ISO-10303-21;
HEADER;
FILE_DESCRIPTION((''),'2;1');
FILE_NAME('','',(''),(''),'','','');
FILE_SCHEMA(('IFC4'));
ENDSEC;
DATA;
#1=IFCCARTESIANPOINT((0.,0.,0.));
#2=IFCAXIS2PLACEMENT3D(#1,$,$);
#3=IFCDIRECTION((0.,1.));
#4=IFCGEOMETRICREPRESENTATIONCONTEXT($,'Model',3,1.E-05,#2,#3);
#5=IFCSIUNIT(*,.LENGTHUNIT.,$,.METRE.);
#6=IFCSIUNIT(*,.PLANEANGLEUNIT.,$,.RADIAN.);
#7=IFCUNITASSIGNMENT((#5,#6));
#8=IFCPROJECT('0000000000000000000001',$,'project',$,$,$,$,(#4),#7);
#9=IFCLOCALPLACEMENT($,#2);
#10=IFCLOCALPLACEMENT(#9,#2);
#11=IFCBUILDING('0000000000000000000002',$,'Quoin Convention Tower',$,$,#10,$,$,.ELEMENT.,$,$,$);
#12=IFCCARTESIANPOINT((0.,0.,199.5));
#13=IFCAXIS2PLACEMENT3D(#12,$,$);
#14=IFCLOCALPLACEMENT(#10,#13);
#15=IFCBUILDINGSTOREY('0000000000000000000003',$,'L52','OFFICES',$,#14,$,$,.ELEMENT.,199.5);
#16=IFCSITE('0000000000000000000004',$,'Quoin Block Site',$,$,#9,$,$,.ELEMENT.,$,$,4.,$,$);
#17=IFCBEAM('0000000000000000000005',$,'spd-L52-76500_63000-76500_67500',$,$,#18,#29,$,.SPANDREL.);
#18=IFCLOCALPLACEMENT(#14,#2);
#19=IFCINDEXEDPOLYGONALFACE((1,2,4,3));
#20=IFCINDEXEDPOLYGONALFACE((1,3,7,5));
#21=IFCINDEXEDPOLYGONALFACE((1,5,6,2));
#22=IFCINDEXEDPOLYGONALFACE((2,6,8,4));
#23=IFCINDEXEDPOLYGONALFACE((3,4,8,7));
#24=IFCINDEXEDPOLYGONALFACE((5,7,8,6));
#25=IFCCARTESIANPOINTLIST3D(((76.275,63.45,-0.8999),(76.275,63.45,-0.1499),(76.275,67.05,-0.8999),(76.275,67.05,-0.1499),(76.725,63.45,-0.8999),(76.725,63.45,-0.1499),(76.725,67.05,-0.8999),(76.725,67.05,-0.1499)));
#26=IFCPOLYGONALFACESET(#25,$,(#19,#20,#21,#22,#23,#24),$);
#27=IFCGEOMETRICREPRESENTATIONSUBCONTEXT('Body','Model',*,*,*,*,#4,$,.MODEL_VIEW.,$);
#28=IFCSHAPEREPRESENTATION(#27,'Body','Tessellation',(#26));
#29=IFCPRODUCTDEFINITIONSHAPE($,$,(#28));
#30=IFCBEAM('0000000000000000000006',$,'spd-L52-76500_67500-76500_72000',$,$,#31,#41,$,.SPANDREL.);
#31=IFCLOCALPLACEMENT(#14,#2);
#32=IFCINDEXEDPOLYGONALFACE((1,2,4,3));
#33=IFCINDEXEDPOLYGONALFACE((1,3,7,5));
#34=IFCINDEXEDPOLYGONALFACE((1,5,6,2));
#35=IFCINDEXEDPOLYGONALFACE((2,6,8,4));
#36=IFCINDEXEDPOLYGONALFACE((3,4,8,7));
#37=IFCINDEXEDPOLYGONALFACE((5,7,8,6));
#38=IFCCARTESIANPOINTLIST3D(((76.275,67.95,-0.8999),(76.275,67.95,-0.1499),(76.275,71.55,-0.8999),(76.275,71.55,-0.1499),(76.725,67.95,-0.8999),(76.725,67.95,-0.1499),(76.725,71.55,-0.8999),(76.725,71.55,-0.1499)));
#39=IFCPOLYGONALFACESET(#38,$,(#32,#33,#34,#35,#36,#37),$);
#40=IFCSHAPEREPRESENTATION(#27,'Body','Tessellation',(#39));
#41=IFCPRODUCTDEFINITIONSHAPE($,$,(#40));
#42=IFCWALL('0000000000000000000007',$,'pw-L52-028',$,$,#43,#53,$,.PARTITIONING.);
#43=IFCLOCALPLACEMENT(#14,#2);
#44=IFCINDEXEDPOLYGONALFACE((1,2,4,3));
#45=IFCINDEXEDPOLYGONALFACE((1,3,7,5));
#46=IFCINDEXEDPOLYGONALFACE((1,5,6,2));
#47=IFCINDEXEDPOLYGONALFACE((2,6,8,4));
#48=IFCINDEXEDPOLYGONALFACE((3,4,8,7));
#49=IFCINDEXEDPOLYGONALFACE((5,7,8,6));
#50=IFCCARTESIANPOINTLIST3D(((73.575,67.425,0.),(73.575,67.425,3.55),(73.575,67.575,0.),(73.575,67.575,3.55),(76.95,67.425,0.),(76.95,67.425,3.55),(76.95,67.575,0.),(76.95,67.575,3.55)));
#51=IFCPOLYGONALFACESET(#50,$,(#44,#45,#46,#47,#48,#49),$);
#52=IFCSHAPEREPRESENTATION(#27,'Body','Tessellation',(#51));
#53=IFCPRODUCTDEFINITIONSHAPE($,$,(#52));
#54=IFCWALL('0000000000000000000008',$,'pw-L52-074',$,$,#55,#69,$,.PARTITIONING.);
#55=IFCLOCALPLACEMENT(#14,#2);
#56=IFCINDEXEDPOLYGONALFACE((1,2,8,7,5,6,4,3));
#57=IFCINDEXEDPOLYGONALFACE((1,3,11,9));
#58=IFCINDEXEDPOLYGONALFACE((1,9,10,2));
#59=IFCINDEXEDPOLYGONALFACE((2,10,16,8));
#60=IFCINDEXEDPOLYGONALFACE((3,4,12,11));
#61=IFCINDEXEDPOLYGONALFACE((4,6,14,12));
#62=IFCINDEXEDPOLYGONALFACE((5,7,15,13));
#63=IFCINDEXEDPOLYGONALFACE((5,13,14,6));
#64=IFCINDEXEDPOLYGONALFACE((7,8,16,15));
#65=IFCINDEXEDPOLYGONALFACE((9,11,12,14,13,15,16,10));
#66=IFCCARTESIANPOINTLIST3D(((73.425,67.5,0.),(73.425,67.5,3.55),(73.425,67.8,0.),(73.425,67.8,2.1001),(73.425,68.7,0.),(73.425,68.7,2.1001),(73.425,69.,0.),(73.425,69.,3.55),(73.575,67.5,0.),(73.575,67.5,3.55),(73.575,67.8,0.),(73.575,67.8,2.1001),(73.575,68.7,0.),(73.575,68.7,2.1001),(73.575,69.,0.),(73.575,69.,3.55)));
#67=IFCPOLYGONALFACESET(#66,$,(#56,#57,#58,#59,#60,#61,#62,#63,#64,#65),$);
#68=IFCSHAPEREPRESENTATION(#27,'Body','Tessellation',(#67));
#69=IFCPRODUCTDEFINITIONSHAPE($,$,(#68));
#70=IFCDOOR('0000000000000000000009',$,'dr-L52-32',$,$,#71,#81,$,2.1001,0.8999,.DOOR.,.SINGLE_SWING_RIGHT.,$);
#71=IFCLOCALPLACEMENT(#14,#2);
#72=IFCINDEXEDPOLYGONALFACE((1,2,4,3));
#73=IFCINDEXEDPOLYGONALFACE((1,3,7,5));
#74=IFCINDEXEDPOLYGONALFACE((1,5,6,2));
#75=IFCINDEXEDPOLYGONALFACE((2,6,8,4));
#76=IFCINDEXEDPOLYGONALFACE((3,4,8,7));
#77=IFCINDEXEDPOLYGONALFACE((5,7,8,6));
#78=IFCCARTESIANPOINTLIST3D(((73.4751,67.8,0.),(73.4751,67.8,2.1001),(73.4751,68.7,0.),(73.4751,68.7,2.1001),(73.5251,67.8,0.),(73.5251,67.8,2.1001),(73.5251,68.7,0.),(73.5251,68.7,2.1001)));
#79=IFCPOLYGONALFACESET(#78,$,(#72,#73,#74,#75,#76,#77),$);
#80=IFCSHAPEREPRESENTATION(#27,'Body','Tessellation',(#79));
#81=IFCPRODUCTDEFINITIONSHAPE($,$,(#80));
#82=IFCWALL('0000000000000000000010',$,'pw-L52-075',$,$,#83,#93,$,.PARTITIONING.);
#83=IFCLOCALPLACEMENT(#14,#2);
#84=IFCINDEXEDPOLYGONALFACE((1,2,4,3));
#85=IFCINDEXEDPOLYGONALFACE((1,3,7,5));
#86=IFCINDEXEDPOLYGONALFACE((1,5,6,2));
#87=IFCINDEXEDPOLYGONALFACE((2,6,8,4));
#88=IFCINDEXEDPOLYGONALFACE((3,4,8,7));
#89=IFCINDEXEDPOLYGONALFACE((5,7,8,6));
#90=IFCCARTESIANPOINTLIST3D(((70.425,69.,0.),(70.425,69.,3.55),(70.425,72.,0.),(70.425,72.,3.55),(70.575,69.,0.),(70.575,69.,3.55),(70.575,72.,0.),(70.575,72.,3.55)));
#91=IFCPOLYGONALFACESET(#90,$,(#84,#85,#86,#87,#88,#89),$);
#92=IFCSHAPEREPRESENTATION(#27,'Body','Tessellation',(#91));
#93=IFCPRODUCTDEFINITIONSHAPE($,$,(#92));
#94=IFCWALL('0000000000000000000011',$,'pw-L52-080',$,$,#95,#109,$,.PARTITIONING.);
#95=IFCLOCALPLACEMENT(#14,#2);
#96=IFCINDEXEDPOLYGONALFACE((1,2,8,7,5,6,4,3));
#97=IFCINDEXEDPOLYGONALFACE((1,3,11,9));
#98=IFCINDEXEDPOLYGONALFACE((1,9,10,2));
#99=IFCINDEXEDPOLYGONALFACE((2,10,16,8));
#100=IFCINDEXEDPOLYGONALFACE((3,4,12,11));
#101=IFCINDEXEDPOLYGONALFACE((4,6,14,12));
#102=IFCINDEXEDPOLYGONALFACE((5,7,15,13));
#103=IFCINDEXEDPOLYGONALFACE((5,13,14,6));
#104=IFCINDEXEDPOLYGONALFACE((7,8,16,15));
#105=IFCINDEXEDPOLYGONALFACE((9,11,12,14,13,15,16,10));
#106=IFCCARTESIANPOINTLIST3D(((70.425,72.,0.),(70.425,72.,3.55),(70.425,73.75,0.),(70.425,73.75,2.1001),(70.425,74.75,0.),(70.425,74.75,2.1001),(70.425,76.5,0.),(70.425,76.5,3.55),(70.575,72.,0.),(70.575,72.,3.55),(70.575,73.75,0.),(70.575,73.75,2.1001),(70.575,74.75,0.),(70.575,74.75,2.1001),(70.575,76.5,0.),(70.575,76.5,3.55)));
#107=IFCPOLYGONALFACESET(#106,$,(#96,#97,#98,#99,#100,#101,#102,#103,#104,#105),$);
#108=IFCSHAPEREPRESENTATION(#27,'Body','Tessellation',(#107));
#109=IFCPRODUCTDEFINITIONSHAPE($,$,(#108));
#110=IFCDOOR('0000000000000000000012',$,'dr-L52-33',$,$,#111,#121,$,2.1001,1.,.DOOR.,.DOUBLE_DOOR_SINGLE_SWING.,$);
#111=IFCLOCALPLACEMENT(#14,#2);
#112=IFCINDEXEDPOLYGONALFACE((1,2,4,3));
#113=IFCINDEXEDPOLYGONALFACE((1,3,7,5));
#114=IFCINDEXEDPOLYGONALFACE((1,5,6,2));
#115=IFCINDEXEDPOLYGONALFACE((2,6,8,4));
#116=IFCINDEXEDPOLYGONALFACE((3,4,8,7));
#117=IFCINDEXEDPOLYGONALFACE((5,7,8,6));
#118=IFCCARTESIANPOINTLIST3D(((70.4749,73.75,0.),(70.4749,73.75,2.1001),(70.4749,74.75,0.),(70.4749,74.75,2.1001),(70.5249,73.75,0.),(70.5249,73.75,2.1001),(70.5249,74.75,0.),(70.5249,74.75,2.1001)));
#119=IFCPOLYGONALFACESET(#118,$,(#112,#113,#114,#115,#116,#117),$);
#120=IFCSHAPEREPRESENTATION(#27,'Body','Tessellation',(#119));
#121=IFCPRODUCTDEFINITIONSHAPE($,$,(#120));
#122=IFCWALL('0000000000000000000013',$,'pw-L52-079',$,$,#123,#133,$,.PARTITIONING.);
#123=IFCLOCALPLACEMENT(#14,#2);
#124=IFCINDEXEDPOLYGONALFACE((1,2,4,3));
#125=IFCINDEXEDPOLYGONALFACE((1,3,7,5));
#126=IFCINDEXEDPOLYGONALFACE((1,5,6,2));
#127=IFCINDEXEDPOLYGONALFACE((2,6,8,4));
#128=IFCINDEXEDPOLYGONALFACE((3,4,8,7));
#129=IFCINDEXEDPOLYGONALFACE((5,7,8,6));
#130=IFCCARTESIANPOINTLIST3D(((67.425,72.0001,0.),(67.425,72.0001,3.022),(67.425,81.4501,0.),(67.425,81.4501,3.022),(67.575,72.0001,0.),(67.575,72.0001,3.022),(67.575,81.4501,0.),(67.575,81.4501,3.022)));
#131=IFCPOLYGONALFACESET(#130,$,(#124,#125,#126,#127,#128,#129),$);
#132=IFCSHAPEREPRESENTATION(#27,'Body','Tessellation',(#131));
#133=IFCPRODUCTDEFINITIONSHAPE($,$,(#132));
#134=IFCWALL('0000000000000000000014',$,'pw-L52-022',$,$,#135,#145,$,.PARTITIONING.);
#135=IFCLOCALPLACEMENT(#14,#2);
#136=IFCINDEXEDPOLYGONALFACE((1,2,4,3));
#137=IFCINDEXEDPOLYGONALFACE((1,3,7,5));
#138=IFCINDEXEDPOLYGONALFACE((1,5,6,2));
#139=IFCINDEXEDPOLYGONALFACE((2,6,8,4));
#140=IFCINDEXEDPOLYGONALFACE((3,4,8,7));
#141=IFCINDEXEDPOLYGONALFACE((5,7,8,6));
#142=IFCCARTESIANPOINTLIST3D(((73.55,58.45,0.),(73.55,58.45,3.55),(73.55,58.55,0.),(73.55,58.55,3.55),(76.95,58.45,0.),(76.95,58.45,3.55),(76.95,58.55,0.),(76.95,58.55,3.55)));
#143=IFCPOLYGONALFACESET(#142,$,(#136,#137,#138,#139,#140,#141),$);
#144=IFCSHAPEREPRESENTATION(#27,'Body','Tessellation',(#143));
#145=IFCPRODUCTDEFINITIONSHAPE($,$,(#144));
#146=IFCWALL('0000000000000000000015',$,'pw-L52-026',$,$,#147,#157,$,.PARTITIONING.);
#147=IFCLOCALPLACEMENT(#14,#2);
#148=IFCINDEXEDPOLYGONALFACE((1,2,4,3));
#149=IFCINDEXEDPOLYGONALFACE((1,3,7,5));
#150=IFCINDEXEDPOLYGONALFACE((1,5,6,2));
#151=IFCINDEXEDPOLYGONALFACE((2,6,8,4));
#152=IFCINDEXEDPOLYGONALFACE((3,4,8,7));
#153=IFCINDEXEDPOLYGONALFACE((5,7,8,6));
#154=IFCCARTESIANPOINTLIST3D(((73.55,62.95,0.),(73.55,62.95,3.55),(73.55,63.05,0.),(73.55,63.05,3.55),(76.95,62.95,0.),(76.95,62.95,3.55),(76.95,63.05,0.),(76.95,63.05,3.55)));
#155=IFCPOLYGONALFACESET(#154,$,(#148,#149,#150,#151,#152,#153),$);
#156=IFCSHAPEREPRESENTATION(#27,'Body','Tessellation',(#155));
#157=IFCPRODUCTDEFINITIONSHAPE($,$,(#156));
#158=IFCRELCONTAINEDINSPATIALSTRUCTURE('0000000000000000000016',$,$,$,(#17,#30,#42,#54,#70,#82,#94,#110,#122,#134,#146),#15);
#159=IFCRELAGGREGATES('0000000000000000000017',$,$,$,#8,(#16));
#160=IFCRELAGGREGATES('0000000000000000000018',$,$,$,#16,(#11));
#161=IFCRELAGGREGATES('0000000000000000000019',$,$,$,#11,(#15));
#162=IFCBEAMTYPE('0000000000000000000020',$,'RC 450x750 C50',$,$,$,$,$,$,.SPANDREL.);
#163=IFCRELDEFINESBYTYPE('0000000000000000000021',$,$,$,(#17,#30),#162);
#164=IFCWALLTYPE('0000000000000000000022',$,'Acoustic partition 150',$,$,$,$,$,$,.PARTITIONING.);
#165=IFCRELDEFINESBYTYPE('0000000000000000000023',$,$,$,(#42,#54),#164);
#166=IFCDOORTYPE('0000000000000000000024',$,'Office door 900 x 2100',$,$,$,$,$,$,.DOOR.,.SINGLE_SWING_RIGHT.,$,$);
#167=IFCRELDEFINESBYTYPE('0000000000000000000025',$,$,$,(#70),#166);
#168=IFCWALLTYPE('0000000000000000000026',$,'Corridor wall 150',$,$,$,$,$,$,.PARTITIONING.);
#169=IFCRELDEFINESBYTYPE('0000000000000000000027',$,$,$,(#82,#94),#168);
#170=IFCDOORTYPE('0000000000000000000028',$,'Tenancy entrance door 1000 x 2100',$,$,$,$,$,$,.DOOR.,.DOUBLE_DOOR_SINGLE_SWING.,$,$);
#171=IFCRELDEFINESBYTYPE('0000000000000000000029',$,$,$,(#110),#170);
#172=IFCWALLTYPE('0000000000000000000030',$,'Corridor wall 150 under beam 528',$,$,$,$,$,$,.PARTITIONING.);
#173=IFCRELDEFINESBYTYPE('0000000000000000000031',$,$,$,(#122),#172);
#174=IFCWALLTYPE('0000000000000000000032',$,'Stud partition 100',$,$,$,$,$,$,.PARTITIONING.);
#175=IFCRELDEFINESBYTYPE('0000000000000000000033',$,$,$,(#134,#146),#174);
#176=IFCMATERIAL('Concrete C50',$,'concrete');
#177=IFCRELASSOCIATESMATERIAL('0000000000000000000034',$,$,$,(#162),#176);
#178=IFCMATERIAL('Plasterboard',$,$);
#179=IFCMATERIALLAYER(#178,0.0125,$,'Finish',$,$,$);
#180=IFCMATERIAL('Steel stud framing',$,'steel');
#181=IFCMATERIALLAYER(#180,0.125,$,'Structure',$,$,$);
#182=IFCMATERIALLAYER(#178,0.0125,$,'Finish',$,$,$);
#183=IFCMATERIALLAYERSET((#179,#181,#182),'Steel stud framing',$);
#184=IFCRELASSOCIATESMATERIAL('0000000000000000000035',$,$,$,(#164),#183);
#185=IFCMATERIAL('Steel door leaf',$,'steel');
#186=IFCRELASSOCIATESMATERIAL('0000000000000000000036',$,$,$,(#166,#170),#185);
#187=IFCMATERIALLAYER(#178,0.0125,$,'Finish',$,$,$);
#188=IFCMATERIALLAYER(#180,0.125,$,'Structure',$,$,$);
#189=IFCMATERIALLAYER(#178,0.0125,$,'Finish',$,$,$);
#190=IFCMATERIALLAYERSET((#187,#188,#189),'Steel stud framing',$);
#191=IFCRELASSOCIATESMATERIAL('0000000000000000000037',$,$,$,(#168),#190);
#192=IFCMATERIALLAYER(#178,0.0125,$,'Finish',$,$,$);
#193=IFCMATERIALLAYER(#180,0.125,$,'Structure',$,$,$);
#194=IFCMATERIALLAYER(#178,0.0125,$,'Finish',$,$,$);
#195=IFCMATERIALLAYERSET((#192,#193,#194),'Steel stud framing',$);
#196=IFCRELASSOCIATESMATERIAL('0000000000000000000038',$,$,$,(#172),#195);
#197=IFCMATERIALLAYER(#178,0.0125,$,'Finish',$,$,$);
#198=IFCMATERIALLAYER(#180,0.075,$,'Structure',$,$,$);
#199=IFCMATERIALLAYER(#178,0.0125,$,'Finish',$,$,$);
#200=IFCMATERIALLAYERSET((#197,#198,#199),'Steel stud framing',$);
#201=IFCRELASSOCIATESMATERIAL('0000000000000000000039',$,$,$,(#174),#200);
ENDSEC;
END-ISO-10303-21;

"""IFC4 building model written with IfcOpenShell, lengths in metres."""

from ifc_helpers import new_model, si_unit, direction, frame, frame_2d, origin, origin_2d, place, context, subcontext, project, spatial, rectangle, extrude, material, layer, layer_set, material_profile, profile_set, type_object, element, fill, save


model = new_model("IFC4")

# Units and contexts
model_context = context("Model", 3, precision=1e-05, world=origin(), true_north=direction((0.0, 1.0)))
body_context = subcontext(model_context, "Body", "Model", "MODEL_VIEW")
ifc_project = project(units=[si_unit("LENGTHUNIT", "METRE"), si_unit("PLANEANGLEUNIT", "RADIAN")], contexts=[model_context])

# Site, building, storey
site_placement = place(None, origin())
site = spatial("IfcSite", under=ifc_project, at=site_placement, Name="Quoin Block Site", CompositionType="ELEMENT", RefElevation=4.0)
building_placement = place(site_placement, origin())
building = spatial("IfcBuilding", under=site, at=building_placement, Name="Quoin Convention Tower", CompositionType="ELEMENT")
storey_placement = place(building_placement, frame((0.0, 0.0, 199.5)))
storey = spatial("IfcBuildingStorey", under=building, at=storey_placement, Name="L52", Description="OFFICES", CompositionType="ELEMENT", Elevation=199.5)

# Shared definitions
ifc_material_1 = material(Name="Concrete C50", Category="concrete")

# Beams
ifc_material_profile_1 = material_profile(ifc_material_1, rectangle(XDim=0.45, YDim=0.75, at=origin_2d()), Name="RC 450x750")
ifc_profile_set_1 = profile_set([ifc_material_profile_1], Name="Concrete C50")
beam_type_1 = type_object("IfcBeamType", Name="RC 450x750 C50", PredefinedType="SPANDREL", material=ifc_profile_set_1)
for number, where, z_axis, x_axis, name in (
    (1, (76.5, 63.45, -0.5249), (0.0, 1.0, 0.0), (-1.0, 0.0, 0.0), "spd-L52-76500_63000-76500_67500"),
    (2, (76.5, 67.95, -0.5249), (0.0, 1.0, 0.0), (-1.0, 0.0, 0.0), "spd-L52-76500_67500-76500_72000"),
):
    element("IfcBeam", number, at=place(storey_placement, frame(where, z_axis=z_axis, x_axis=x_axis)), inside=storey, type_object=beam_type_1, Name=name, PredefinedType="SPANDREL", context=body_context, shape_type="SweptSolid", body=[
        extrude(rectangle(XDim=0.45, YDim=0.75, at=origin_2d()), origin(), (0.0, 0.0, 1.0), 3.6001),
    ])

# Wall
ifc_material_2 = material(Name="Plasterboard")
ifc_layer_1 = layer(ifc_material_2, 0.0125, Name="Finish")
ifc_material_3 = material(Name="Steel stud framing", Category="steel")
ifc_layer_2 = layer(ifc_material_3, 0.125, Name="Structure")
ifc_layer_3 = layer(ifc_material_2, 0.0125, Name="Finish")
ifc_layer_set_1 = layer_set([ifc_layer_1, ifc_layer_2, ifc_layer_3], Name="Steel stud framing")
wall_type_1 = type_object("IfcWallType", Name="Acoustic partition 150", PredefinedType="PARTITIONING", material=ifc_layer_set_1)
wall_1_placement = place(storey_placement, frame((73.575, 67.5, 0.0), z_axis=(0.0, 0.0, 1.0), x_axis=(1.0, 0.0, 0.0)))
element("IfcWall", 3, at=wall_1_placement, inside=storey, type_object=wall_type_1, Name="pw-L52-028", PredefinedType="PARTITIONING", context=body_context, shape_type="SweptSolid", body=[
    extrude(rectangle(XDim=3.375, YDim=0.1499, at=frame_2d((1.6875, 0.0))), origin(), (0.0, 0.0, 1.0), 3.55),
])

# Wall, opening, door
wall_2_placement = place(storey_placement, frame((73.5, 67.5, 0.0), z_axis=(0.0, 0.0, 1.0), x_axis=(0.0, 1.0, 0.0)))
wall_2 = element("IfcWall", 4, at=wall_2_placement, inside=storey, type_object=wall_type_1, Name="pw-L52-074", PredefinedType="PARTITIONING", context=body_context, shape_type="SweptSolid", body=[
    extrude(rectangle(XDim=1.5, YDim=0.1499, at=frame_2d((0.75, 0.0))), origin(), (0.0, 0.0, 1.0), 3.55),
])
opening_1_placement = place(wall_2_placement, frame((0.3, 0.0, 0.0)))
opening_1 = element("IfcOpeningElement", 5, at=opening_1_placement, cuts=wall_2, PredefinedType="OPENING", context=body_context, shape_type="SweptSolid", body=[
    extrude(rectangle(XDim=0.8999, YDim=2.1001, at=frame_2d((0.45, 1.05))), frame((0.0, 0.085, 0.0), z_axis=(0.0, -1.0, 0.0), x_axis=(1.0, 0.0, 0.0)), (0.0, 0.0, 1.0), 0.1699),
])
ifc_material_4 = material(Name="Steel door leaf", Category="steel")
door_type_1 = type_object("IfcDoorType", Name="Office door 900 x 2100", OperationType="SINGLE_SWING_RIGHT", PredefinedType="DOOR", material=ifc_material_4)
door_1_placement = place(opening_1_placement, origin())
door_1 = element("IfcDoor", 6, at=door_1_placement, inside=storey, type_object=door_type_1, Name="dr-L52-32", OperationType="SINGLE_SWING_RIGHT", OverallHeight=2.1001, OverallWidth=0.8999, PredefinedType="DOOR", context=body_context, shape_type="SweptSolid", body=[
    extrude(rectangle(XDim=0.8999, YDim=2.1001, at=frame_2d((0.45, 1.05))), frame((0.0, 0.0249, 0.0), z_axis=(0.0, -1.0, 0.0), x_axis=(1.0, 0.0, 0.0)), (0.0, 0.0, 1.0), 0.05),
])
fill(opening_1, door_1)

# Wall
ifc_layer_4 = layer(ifc_material_2, 0.0125, Name="Finish")
ifc_layer_5 = layer(ifc_material_3, 0.125, Name="Structure")
ifc_layer_6 = layer(ifc_material_2, 0.0125, Name="Finish")
ifc_layer_set_2 = layer_set([ifc_layer_4, ifc_layer_5, ifc_layer_6], Name="Steel stud framing")
wall_type_2 = type_object("IfcWallType", Name="Corridor wall 150", PredefinedType="PARTITIONING", material=ifc_layer_set_2)
wall_3_placement = place(storey_placement, frame((70.5, 69.0, 0.0), z_axis=(0.0, 0.0, 1.0), x_axis=(0.0, 1.0, 0.0)))
element("IfcWall", 7, at=wall_3_placement, inside=storey, type_object=wall_type_2, Name="pw-L52-075", PredefinedType="PARTITIONING", context=body_context, shape_type="SweptSolid", body=[
    extrude(rectangle(XDim=3.0, YDim=0.1499, at=frame_2d((1.5, 0.0))), origin(), (0.0, 0.0, 1.0), 3.55),
])

# Wall, opening, door
wall_4_placement = place(storey_placement, frame((70.5, 72.0, 0.0), z_axis=(0.0, 0.0, 1.0), x_axis=(0.0, 1.0, 0.0)))
wall_4 = element("IfcWall", 8, at=wall_4_placement, inside=storey, type_object=wall_type_2, Name="pw-L52-080", PredefinedType="PARTITIONING", context=body_context, shape_type="SweptSolid", body=[
    extrude(rectangle(XDim=4.5, YDim=0.1499, at=frame_2d((2.25, 0.0))), origin(), (0.0, 0.0, 1.0), 3.55),
])
opening_2_placement = place(wall_4_placement, frame((1.75, 0.0, 0.0)))
opening_2 = element("IfcOpeningElement", 9, at=opening_2_placement, cuts=wall_4, PredefinedType="OPENING", context=body_context, shape_type="SweptSolid", body=[
    extrude(rectangle(XDim=1.0, YDim=2.1001, at=frame_2d((0.5, 1.05))), frame((0.0, 0.085, 0.0), z_axis=(0.0, -1.0, 0.0), x_axis=(1.0, 0.0, 0.0)), (0.0, 0.0, 1.0), 0.1699),
])
door_type_2 = type_object("IfcDoorType", Name="Tenancy entrance door 1000 x 2100", OperationType="DOUBLE_DOOR_SINGLE_SWING", PredefinedType="DOOR", material=ifc_material_4)
door_2_placement = place(opening_2_placement, frame((1.0, 0.0, 0.0), z_axis=(0.0, 0.0, 1.0), x_axis=(-1.0, 0.0, 0.0)))
door_2 = element("IfcDoor", 10, at=door_2_placement, inside=storey, type_object=door_type_2, Name="dr-L52-33", OperationType="DOUBLE_DOOR_SINGLE_SWING", OverallHeight=2.1001, OverallWidth=1.0, PredefinedType="DOOR", context=body_context, shape_type="SweptSolid", body=[
    extrude(rectangle(XDim=1.0, YDim=2.1001, at=frame_2d((0.5, 1.05))), frame((0.0, 0.0249, 0.0), z_axis=(0.0, -1.0, 0.0), x_axis=(1.0, 0.0, 0.0)), (0.0, 0.0, 1.0), 0.05),
])
fill(opening_2, door_2)

# Walls
ifc_layer_7 = layer(ifc_material_2, 0.0125, Name="Finish")
ifc_layer_8 = layer(ifc_material_3, 0.125, Name="Structure")
ifc_layer_9 = layer(ifc_material_2, 0.0125, Name="Finish")
ifc_layer_set_3 = layer_set([ifc_layer_7, ifc_layer_8, ifc_layer_9], Name="Steel stud framing")
wall_type_3 = type_object("IfcWallType", Name="Corridor wall 150 under beam 528", PredefinedType="PARTITIONING", material=ifc_layer_set_3)
wall_5_placement = place(storey_placement, frame((67.5, 72.0, 0.0), z_axis=(0.0, 0.0, 1.0), x_axis=(0.0, 1.0, 0.0)))
element("IfcWall", 11, at=wall_5_placement, inside=storey, type_object=wall_type_3, Name="pw-L52-079", PredefinedType="PARTITIONING", context=body_context, shape_type="SweptSolid", body=[
    extrude(rectangle(XDim=9.45, YDim=0.1499, at=frame_2d((4.7251, 0.0))), origin(), (0.0, 0.0, 1.0), 3.022),
])
ifc_layer_10 = layer(ifc_material_2, 0.0125, Name="Finish")
ifc_layer_11 = layer(ifc_material_3, 0.075, Name="Structure")
ifc_layer_12 = layer(ifc_material_2, 0.0125, Name="Finish")
ifc_layer_set_4 = layer_set([ifc_layer_10, ifc_layer_11, ifc_layer_12], Name="Steel stud framing")
wall_type_4 = type_object("IfcWallType", Name="Stud partition 100", PredefinedType="PARTITIONING", material=ifc_layer_set_4)
for number, where, z_axis, x_axis, name in (
    (12, (73.55, 58.5, 0.0), (0.0, 0.0, 1.0), (1.0, 0.0, 0.0), "pw-L52-022"),
    (13, (73.55, 63.0, 0.0), (0.0, 0.0, 1.0), (1.0, 0.0, 0.0), "pw-L52-026"),
):
    element("IfcWall", number, at=place(storey_placement, frame(where, z_axis=z_axis, x_axis=x_axis)), inside=storey, type_object=wall_type_4, Name=name, PredefinedType="PARTITIONING", context=body_context, shape_type="SweptSolid", body=[
        extrude(rectangle(XDim=3.3999, YDim=0.1001, at=frame_2d((1.7, 0.0))), origin(), (0.0, 0.0, 1.0), 3.55),
    ])

save(model, "model.ifc")
